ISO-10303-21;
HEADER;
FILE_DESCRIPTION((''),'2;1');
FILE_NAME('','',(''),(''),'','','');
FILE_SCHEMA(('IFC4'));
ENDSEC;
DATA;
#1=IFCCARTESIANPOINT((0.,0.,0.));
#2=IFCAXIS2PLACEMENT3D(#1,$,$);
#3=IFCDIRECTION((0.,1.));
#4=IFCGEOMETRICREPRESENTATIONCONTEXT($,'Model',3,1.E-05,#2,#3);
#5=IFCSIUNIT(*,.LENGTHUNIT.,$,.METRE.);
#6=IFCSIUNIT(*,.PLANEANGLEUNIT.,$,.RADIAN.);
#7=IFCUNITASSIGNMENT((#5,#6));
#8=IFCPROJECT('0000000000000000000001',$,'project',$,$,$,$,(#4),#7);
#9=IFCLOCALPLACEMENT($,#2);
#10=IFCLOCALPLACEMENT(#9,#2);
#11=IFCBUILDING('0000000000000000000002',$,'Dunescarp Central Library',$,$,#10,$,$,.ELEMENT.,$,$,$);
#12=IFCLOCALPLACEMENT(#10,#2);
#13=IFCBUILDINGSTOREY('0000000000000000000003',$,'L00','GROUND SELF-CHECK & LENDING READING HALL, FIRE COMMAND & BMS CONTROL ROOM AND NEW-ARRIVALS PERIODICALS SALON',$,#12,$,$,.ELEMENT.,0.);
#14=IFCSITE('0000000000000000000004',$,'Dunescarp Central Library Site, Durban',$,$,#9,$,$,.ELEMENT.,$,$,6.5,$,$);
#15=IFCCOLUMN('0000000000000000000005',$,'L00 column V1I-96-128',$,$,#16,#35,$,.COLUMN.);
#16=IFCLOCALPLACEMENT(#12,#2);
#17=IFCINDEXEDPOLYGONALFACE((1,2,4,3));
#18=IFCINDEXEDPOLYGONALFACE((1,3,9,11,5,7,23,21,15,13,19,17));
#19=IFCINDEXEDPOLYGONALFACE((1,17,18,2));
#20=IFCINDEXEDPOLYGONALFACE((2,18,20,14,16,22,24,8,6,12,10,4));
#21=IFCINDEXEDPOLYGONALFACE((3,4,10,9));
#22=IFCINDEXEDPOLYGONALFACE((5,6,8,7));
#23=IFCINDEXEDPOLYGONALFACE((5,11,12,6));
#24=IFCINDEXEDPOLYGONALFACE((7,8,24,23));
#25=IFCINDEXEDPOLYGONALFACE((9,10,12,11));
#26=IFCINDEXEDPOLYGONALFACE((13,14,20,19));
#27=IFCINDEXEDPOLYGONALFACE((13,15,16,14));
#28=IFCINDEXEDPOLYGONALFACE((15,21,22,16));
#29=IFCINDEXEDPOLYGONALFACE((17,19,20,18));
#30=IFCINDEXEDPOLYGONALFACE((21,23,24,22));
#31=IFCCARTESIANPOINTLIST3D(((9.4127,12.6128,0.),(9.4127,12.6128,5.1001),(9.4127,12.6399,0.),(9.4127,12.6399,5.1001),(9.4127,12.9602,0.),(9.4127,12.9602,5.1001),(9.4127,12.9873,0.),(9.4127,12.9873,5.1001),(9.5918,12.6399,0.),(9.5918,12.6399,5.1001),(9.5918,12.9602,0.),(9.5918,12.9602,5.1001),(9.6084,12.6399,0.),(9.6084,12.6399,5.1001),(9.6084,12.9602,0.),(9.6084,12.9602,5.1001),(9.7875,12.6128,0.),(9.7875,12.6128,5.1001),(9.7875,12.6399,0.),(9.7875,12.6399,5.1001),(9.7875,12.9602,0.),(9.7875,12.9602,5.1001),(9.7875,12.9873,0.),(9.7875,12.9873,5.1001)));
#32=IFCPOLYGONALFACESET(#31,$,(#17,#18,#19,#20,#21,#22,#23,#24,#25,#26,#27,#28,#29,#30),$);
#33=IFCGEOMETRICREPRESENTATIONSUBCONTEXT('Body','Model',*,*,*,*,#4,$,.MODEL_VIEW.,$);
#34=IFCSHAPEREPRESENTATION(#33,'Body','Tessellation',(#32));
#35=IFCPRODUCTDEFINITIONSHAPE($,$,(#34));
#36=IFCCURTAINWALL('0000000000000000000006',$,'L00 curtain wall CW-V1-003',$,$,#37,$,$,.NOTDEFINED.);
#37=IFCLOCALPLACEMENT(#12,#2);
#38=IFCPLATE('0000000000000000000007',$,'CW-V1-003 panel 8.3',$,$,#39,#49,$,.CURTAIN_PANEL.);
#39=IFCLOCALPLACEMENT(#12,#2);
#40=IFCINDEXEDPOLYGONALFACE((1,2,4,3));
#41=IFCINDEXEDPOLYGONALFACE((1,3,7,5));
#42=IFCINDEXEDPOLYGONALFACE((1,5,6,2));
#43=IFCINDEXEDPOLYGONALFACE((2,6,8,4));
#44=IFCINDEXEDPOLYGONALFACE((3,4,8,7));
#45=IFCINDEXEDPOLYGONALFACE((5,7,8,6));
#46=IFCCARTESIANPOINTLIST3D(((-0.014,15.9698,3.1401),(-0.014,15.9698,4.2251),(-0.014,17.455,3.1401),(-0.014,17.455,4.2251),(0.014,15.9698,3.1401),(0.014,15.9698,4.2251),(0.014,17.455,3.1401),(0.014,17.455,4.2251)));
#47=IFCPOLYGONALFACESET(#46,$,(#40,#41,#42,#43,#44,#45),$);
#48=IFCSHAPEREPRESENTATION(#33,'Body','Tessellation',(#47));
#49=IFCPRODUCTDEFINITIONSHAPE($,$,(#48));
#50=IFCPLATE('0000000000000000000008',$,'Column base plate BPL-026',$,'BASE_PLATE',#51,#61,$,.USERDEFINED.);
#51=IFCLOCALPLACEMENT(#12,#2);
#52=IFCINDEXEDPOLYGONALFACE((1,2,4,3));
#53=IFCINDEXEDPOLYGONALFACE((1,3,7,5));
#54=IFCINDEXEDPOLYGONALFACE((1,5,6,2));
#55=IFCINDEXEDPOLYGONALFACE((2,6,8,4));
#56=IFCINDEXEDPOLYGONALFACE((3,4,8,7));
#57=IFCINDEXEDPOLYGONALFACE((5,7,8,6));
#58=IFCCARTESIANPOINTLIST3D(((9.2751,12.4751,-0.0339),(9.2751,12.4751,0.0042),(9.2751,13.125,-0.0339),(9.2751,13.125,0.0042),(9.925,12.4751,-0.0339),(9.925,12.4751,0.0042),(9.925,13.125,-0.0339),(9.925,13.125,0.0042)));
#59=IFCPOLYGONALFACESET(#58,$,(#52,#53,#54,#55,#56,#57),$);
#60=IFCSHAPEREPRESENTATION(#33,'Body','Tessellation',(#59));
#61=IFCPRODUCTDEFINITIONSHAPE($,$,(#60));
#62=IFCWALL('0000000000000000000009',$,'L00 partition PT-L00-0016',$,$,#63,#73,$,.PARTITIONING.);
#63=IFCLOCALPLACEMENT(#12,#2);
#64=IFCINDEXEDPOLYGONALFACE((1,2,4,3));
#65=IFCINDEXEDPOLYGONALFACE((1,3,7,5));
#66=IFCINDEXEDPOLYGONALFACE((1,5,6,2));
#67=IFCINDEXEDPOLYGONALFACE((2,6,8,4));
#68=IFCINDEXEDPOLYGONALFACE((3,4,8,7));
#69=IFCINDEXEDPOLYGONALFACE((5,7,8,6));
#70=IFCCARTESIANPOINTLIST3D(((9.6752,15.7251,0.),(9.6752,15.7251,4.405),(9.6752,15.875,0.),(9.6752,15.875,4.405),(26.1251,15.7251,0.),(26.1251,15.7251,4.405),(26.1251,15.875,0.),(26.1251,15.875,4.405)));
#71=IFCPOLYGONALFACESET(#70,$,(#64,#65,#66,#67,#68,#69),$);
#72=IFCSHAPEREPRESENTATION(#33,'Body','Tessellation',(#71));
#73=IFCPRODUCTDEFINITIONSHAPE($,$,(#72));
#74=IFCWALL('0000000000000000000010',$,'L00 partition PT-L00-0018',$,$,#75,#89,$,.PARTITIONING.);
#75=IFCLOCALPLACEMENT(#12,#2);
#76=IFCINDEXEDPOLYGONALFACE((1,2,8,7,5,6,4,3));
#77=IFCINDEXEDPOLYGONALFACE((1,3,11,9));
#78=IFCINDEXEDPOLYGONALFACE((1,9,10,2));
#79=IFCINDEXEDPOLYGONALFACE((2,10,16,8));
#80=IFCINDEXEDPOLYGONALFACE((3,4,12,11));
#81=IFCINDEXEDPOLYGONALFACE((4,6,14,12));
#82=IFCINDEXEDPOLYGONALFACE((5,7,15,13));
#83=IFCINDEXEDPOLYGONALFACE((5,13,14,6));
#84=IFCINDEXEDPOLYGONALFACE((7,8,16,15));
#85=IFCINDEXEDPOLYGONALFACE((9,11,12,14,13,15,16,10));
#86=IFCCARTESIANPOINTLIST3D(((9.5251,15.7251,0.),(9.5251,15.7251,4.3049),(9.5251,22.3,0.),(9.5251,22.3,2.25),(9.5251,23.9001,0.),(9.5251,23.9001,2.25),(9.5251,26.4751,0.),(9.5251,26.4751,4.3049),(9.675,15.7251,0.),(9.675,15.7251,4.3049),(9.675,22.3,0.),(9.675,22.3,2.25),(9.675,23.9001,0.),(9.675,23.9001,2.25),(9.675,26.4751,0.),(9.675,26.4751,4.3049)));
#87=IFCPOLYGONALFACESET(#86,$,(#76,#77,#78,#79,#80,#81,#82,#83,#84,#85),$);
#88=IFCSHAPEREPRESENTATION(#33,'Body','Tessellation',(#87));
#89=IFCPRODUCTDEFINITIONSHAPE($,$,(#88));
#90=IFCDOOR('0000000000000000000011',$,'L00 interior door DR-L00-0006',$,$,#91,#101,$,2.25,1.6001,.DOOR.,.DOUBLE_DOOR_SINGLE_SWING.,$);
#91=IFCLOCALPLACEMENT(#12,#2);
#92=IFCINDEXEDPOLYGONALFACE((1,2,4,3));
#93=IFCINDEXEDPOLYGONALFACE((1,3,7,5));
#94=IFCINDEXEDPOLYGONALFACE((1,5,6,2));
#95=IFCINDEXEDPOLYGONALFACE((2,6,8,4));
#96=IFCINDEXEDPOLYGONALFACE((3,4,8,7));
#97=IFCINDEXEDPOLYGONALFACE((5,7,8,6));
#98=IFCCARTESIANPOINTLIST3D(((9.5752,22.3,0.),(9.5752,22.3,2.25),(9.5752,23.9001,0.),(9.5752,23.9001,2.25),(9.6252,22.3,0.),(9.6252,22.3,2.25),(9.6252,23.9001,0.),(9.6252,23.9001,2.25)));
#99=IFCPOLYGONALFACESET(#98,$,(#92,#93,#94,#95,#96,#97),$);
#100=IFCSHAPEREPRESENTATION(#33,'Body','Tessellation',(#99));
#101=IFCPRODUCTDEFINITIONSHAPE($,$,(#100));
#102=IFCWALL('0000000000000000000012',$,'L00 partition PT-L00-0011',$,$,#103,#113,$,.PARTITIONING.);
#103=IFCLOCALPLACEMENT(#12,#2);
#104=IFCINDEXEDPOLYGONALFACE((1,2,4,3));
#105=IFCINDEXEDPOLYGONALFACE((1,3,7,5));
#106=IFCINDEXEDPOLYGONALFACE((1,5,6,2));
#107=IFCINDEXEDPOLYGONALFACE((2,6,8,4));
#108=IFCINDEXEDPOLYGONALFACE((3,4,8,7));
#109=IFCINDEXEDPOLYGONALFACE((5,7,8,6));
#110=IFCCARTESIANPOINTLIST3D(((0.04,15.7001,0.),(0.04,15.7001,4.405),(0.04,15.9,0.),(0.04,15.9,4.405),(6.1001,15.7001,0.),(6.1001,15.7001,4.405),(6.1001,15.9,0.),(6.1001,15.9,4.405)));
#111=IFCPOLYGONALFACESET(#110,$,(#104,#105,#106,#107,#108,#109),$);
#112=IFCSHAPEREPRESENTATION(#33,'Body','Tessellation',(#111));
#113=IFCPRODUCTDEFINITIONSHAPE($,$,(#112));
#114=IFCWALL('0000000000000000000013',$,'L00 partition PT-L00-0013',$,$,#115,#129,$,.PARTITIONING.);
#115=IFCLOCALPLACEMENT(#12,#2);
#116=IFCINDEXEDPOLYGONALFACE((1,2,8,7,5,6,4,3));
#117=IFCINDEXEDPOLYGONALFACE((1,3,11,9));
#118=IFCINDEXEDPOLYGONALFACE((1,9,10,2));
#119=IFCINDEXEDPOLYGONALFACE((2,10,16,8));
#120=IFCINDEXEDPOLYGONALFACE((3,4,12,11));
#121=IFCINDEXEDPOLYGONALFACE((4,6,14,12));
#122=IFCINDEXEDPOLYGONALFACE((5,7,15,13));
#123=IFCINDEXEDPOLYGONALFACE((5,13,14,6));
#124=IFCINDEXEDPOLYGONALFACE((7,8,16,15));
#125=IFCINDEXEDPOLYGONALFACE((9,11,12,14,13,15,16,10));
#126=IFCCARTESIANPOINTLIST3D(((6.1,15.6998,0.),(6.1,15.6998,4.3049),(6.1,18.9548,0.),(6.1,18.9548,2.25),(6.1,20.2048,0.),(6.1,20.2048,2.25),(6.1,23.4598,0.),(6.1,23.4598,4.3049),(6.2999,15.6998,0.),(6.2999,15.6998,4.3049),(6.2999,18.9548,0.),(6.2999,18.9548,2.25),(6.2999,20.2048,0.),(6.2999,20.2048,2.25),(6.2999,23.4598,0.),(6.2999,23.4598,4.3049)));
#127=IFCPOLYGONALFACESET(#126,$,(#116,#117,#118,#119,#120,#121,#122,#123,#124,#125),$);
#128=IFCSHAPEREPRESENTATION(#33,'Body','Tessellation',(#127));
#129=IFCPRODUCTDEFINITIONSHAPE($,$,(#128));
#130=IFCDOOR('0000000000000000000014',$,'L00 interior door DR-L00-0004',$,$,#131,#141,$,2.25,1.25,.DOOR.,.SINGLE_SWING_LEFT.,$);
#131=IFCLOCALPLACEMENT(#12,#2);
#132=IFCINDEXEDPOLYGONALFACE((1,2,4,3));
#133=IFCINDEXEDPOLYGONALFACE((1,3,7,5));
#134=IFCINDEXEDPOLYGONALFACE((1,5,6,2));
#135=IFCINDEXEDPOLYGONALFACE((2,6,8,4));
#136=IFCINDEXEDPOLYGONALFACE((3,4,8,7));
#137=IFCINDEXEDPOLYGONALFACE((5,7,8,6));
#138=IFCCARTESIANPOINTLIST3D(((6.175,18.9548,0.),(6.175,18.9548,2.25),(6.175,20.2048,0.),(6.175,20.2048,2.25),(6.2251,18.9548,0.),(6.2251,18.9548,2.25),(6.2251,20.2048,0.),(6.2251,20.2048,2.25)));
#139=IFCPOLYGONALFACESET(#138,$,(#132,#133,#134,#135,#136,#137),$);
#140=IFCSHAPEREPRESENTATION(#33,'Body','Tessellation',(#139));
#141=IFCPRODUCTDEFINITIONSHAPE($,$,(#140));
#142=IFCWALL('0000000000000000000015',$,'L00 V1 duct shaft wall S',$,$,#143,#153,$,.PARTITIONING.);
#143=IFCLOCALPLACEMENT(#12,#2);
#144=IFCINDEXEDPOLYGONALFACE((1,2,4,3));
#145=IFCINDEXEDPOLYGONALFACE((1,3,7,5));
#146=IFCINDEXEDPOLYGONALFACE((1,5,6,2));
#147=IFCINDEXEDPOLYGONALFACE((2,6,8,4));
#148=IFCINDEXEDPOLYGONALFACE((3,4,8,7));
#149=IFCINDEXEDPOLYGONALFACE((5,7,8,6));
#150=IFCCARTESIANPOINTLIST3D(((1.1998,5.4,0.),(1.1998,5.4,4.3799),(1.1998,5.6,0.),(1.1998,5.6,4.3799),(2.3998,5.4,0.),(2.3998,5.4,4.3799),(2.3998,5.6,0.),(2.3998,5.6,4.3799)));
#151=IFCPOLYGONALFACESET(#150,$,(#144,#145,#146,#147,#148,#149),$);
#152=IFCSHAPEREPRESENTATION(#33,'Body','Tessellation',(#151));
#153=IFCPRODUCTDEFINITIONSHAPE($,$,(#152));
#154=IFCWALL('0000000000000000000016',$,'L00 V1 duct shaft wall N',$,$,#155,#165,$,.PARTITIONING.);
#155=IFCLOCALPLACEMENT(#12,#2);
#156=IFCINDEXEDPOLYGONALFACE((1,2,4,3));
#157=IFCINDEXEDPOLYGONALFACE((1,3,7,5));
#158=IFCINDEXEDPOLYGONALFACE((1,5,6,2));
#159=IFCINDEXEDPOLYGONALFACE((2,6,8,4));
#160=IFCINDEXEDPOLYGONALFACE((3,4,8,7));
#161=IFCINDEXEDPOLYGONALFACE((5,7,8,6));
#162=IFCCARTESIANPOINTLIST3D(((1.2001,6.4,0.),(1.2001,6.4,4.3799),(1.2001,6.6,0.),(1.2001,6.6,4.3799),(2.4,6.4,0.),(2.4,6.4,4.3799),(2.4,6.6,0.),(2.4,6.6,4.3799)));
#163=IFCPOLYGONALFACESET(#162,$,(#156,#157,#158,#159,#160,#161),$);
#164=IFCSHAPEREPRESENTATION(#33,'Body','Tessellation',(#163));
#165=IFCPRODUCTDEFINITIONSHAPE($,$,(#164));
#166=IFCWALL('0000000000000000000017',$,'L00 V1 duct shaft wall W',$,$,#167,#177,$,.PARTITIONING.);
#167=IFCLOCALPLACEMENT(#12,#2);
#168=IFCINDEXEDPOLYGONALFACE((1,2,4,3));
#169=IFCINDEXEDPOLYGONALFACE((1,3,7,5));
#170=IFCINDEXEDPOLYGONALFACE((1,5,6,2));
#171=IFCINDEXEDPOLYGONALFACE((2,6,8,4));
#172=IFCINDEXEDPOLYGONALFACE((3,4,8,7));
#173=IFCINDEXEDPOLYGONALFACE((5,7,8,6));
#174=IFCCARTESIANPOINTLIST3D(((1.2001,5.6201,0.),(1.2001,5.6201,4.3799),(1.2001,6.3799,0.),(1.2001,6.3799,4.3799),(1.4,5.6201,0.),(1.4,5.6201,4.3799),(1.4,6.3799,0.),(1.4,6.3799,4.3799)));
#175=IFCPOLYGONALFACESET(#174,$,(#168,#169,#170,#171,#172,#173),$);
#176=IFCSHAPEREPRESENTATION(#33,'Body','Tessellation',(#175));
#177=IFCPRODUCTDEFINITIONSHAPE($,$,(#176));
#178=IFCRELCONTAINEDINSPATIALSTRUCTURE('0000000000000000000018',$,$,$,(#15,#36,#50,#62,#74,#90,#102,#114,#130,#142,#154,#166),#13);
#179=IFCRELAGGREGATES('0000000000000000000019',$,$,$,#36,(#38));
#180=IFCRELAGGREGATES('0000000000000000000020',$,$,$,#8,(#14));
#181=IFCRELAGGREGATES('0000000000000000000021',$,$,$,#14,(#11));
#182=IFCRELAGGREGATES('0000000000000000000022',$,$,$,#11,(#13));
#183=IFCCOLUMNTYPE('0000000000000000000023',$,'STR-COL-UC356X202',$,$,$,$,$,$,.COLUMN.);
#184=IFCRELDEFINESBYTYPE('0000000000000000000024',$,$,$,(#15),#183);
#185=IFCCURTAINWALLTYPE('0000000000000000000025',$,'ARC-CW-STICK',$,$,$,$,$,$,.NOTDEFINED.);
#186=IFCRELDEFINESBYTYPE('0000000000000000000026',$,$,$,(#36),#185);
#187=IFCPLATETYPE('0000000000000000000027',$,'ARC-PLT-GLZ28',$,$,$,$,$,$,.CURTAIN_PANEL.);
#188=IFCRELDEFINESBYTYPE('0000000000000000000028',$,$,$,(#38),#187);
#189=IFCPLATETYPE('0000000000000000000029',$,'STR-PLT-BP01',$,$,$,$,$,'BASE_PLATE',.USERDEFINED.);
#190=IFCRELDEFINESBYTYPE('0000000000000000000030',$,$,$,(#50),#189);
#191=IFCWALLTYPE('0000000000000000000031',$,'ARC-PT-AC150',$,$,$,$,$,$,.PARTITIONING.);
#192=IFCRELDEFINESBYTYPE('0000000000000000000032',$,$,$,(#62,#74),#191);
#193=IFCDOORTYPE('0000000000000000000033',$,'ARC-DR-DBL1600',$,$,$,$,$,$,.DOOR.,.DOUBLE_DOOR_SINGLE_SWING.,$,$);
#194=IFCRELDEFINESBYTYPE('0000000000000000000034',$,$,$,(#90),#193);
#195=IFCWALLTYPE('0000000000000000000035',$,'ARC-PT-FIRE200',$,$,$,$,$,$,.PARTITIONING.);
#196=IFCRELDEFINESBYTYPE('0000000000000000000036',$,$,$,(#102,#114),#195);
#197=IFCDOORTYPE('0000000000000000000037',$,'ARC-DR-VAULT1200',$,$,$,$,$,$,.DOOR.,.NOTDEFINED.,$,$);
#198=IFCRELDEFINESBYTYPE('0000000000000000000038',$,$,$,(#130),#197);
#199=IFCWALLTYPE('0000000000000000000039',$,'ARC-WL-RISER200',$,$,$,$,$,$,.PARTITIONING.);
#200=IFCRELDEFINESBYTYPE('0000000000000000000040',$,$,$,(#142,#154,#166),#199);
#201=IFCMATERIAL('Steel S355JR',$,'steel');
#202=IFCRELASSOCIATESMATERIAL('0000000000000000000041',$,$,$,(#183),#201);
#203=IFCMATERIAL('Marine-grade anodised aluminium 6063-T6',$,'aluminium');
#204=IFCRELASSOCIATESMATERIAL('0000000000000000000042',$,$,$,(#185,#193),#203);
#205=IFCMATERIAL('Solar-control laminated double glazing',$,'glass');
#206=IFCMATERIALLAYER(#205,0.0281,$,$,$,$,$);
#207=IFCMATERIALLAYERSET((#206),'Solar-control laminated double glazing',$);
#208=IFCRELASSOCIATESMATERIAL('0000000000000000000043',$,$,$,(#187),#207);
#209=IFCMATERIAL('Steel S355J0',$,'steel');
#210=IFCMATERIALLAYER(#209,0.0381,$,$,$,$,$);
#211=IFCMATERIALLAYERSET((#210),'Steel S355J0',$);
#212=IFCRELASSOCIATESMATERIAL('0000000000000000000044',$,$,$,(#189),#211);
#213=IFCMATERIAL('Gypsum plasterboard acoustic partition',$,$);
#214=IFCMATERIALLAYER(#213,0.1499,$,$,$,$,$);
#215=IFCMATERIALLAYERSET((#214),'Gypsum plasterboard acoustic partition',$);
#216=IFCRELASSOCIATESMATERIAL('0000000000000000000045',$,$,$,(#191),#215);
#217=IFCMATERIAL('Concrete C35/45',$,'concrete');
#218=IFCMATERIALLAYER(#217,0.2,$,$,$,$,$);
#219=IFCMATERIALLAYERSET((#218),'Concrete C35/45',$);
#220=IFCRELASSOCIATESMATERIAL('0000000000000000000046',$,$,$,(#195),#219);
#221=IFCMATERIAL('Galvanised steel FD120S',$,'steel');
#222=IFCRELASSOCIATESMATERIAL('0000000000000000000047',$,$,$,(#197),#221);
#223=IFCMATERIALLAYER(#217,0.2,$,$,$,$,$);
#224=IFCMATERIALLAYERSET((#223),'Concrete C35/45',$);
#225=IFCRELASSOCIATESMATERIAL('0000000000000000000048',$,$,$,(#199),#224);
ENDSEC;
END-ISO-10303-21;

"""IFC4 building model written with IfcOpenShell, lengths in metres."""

from ifc_helpers import new_model, si_unit, direction, frame, frame_2d, origin, origin_2d, place, context, subcontext, project, spatial, rectangle, i_section, extrude, material, layer, layer_set, material_profile, profile_set, type_object, element, fill, aggregate, save


model = new_model("IFC4")

# Units and contexts
model_context = context("Model", 3, precision=1e-05, world=origin(), true_north=direction((0.0, 1.0)))
body_context = subcontext(model_context, "Body", "Model", "MODEL_VIEW")
ifc_project = project(units=[si_unit("LENGTHUNIT", "METRE"), si_unit("PLANEANGLEUNIT", "RADIAN")], contexts=[model_context])

# Site, building, storey
site_placement = place(None, origin())
site = spatial("IfcSite", under=ifc_project, at=site_placement, Name="Dunescarp Central Library Site, Durban", CompositionType="ELEMENT", RefElevation=6.5)
building_placement = place(site_placement, origin())
building = spatial("IfcBuilding", under=site, at=building_placement, Name="Dunescarp Central Library", CompositionType="ELEMENT")
storey_placement = place(building_placement, origin())
storey = spatial("IfcBuildingStorey", under=building, at=storey_placement, Name="L00", Description="GROUND SELF-CHECK & LENDING READING HALL, FIRE COMMAND & BMS CONTROL ROOM AND NEW-ARRIVALS PERIODICALS SALON", CompositionType="ELEMENT", Elevation=0.0)

# Column
ifc_material_1 = material(Name="Steel S355JR", Category="steel")
ifc_material_profile_1 = material_profile(ifc_material_1, i_section(OverallWidth=0.3748, OverallDepth=0.3745, WebThickness=0.0166, FlangeThickness=0.0271, at=origin_2d()), Name="UC 356x368x202")
ifc_profile_set_1 = profile_set([ifc_material_profile_1], Name="Steel S355JR")
column_type = type_object("IfcColumnType", Name="STR-COL-UC356X202", PredefinedType="COLUMN", material=ifc_profile_set_1)
column_placement = place(storey_placement, frame((9.6001, 12.8, 0.0), z_axis=(0.0, 0.0, 1.0), x_axis=(1.0, 0.0, 0.0)))
element("IfcColumn", 1, at=column_placement, inside=storey, type_object=column_type, Name="L00 column V1I-96-128", PredefinedType="COLUMN", context=body_context, shape_type="SweptSolid", body=[
    extrude(i_section(OverallWidth=0.3748, OverallDepth=0.3745, WebThickness=0.0166, FlangeThickness=0.0271, at=origin_2d()), origin(), (0.0, 0.0, 1.0), 5.1001),
])

# Curtain wall, plate
ifc_material_2 = material(Name="Marine-grade anodised aluminium 6063-T6", Category="aluminium")
curtain_wall_type = type_object("IfcCurtainWallType", Name="ARC-CW-STICK", PredefinedType="NOTDEFINED", material=ifc_material_2)
curtain_wall_placement = place(storey_placement, origin())
curtain_wall = element("IfcCurtainWall", 2, at=curtain_wall_placement, inside=storey, type_object=curtain_wall_type, Name="L00 curtain wall CW-V1-003", PredefinedType="NOTDEFINED")
ifc_material_3 = material(Name="Solar-control laminated double glazing", Category="glass")
ifc_layer_1 = layer(ifc_material_3, 0.0281)
ifc_layer_set_1 = layer_set([ifc_layer_1], Name="Solar-control laminated double glazing")
plate_type_1 = type_object("IfcPlateType", Name="ARC-PLT-GLZ28", PredefinedType="CURTAIN_PANEL", material=ifc_layer_set_1)
plate_1_placement = place(storey_placement, frame((0.0, 16.7124, 3.1401), z_axis=(0.0, 0.0, 1.0), x_axis=(0.0, 1.0, 0.0)))
plate_1 = element("IfcPlate", 3, at=plate_1_placement, type_object=plate_type_1, Name="CW-V1-003 panel 8.3", PredefinedType="CURTAIN_PANEL", context=body_context, shape_type="SweptSolid", body=[
    extrude(rectangle(XDim=1.4851, YDim=0.0281, at=origin_2d()), origin(), (0.0, 0.0, 1.0), 1.085),
])
aggregate(curtain_wall, [plate_1])

# Plate
ifc_material_4 = material(Name="Steel S355J0", Category="steel")
ifc_layer_2 = layer(ifc_material_4, 0.0381)
ifc_layer_set_2 = layer_set([ifc_layer_2], Name="Steel S355J0")
plate_type_2 = type_object("IfcPlateType", Name="STR-PLT-BP01", ElementType="BASE_PLATE", PredefinedType="USERDEFINED", material=ifc_layer_set_2)
plate_2_placement = place(storey_placement, frame((9.6001, 12.8, -0.0339), z_axis=(0.0, 0.0, 1.0), x_axis=(1.0, 0.0, 0.0)))
element("IfcPlate", 4, at=plate_2_placement, inside=storey, type_object=plate_type_2, Name="Column base plate BPL-026", ObjectType="BASE_PLATE", PredefinedType="USERDEFINED", context=body_context, shape_type="SweptSolid", body=[
    extrude(rectangle(XDim=0.6499, YDim=0.6499, at=origin_2d()), origin(), (0.0, 0.0, 1.0), 0.0381),
])

# Wall
ifc_material_5 = material(Name="Gypsum plasterboard acoustic partition")
ifc_layer_3 = layer(ifc_material_5, 0.1499)
ifc_layer_set_3 = layer_set([ifc_layer_3], Name="Gypsum plasterboard acoustic partition")
wall_type_1 = type_object("IfcWallType", Name="ARC-PT-AC150", PredefinedType="PARTITIONING", material=ifc_layer_set_3)
wall_1_placement = place(storey_placement, frame((9.675, 15.8, 0.0), z_axis=(0.0, 0.0, 1.0), x_axis=(1.0, 0.0, 0.0)))
element("IfcWall", 5, at=wall_1_placement, inside=storey, type_object=wall_type_1, Name="L00 partition PT-L00-0016", PredefinedType="PARTITIONING", context=body_context, shape_type="SweptSolid", body=[
    extrude(rectangle(XDim=16.45, YDim=0.1499, at=frame_2d((8.2251, 0.0))), origin(), (0.0, 0.0, 1.0), 4.405),
])

# Wall, opening, door
wall_2_placement = place(storey_placement, frame((9.6001, 15.7251, 0.0), z_axis=(0.0, 0.0, 1.0), x_axis=(0.0, 1.0, 0.0)))
wall_2 = element("IfcWall", 6, at=wall_2_placement, inside=storey, type_object=wall_type_1, Name="L00 partition PT-L00-0018", PredefinedType="PARTITIONING", context=body_context, shape_type="SweptSolid", body=[
    extrude(rectangle(XDim=10.75, YDim=0.1499, at=frame_2d((5.375, 0.0))), origin(), (0.0, 0.0, 1.0), 4.3049),
])
opening_1_placement = place(wall_2_placement, frame((6.575, 0.0, 0.0)))
opening_1 = element("IfcOpeningElement", 7, at=opening_1_placement, cuts=wall_2, PredefinedType="OPENING", context=body_context, shape_type="SweptSolid", body=[
    extrude(rectangle(XDim=1.6001, YDim=2.25, at=frame_2d((0.8, 1.125))), frame((0.0, 0.085, 0.0), z_axis=(0.0, -1.0, 0.0), x_axis=(1.0, 0.0, 0.0)), (0.0, 0.0, 1.0), 0.1699),
])
door_type_1 = type_object("IfcDoorType", Name="ARC-DR-DBL1600", OperationType="DOUBLE_DOOR_SINGLE_SWING", PredefinedType="DOOR", material=ifc_material_2)
door_1_placement = place(opening_1_placement, origin())
door_1 = element("IfcDoor", 8, at=door_1_placement, inside=storey, type_object=door_type_1, Name="L00 interior door DR-L00-0006", OperationType="DOUBLE_DOOR_SINGLE_SWING", OverallHeight=2.25, OverallWidth=1.6001, PredefinedType="DOOR", context=body_context, shape_type="SweptSolid", body=[
    extrude(rectangle(XDim=1.6001, YDim=2.25, at=frame_2d((0.8, 1.125))), frame((0.0, 0.0249, 0.0), z_axis=(0.0, -1.0, 0.0), x_axis=(1.0, 0.0, 0.0)), (0.0, 0.0, 1.0), 0.05),
])
fill(opening_1, door_1)

# Wall
ifc_material_6 = material(Name="Concrete C35/45", Category="concrete")
ifc_layer_4 = layer(ifc_material_6, 0.2)
ifc_layer_set_4 = layer_set([ifc_layer_4], Name="Concrete C35/45")
wall_type_2 = type_object("IfcWallType", Name="ARC-PT-FIRE200", PredefinedType="PARTITIONING", material=ifc_layer_set_4)
wall_3_placement = place(storey_placement, frame((0.04, 15.8, 0.0), z_axis=(0.0, 0.0, 1.0), x_axis=(1.0, 0.0, 0.0)))
element("IfcWall", 9, at=wall_3_placement, inside=storey, type_object=wall_type_2, Name="L00 partition PT-L00-0011", PredefinedType="PARTITIONING", context=body_context, shape_type="SweptSolid", body=[
    extrude(rectangle(XDim=6.0601, YDim=0.2, at=frame_2d((3.03, 0.0))), origin(), (0.0, 0.0, 1.0), 4.405),
])

# Wall, opening, door
wall_4_placement = place(storey_placement, frame((6.2, 15.7, 0.0), z_axis=(0.0, 0.0, 1.0), x_axis=(0.0, 1.0, 0.0)))
wall_4 = element("IfcWall", 10, at=wall_4_placement, inside=storey, type_object=wall_type_2, Name="L00 partition PT-L00-0013", PredefinedType="PARTITIONING", context=body_context, shape_type="SweptSolid", body=[
    extrude(rectangle(XDim=7.76, YDim=0.2, at=frame_2d((3.8799, 0.0))), origin(), (0.0, 0.0, 1.0), 4.3049),
])
opening_2_placement = place(wall_4_placement, frame((3.2549, 0.0, 0.0)))
opening_2 = element("IfcOpeningElement", 11, at=opening_2_placement, cuts=wall_4, PredefinedType="OPENING", context=body_context, shape_type="SweptSolid", body=[
    extrude(rectangle(XDim=1.25, YDim=2.25, at=frame_2d((0.625, 1.125))), frame((0.0, 0.1099, 0.0), z_axis=(0.0, -1.0, 0.0), x_axis=(1.0, 0.0, 0.0)), (0.0, 0.0, 1.0), 0.22),
])
ifc_material_7 = material(Name="Galvanised steel FD120S", Category="steel")
door_type_2 = type_object("IfcDoorType", Name="ARC-DR-VAULT1200", OperationType="NOTDEFINED", PredefinedType="DOOR", material=ifc_material_7)
door_2_placement = place(opening_2_placement, origin())
door_2 = element("IfcDoor", 12, at=door_2_placement, inside=storey, type_object=door_type_2, Name="L00 interior door DR-L00-0004", OperationType="SINGLE_SWING_LEFT", OverallHeight=2.25, OverallWidth=1.25, PredefinedType="DOOR", context=body_context, shape_type="SweptSolid", body=[
    extrude(rectangle(XDim=1.25, YDim=2.25, at=frame_2d((0.625, 1.125))), frame((0.0, 0.0249, 0.0), z_axis=(0.0, -1.0, 0.0), x_axis=(1.0, 0.0, 0.0)), (0.0, 0.0, 1.0), 0.05),
])
fill(opening_2, door_2)

# Walls
ifc_layer_5 = layer(ifc_material_6, 0.2)
ifc_layer_set_5 = layer_set([ifc_layer_5], Name="Concrete C35/45")
wall_type_3 = type_object("IfcWallType", Name="ARC-WL-RISER200", PredefinedType="PARTITIONING", material=ifc_layer_set_5)
for number, where, z_axis, x_axis, name in (
    (13, (2.3999, 5.5, 0.0), (0.0, 0.0, 1.0), (-1.0, 0.0, 0.0), "L00 V1 duct shaft wall S"),
    (14, (1.2, 6.5, 0.0), (0.0, 0.0, 1.0), (1.0, 0.0, 0.0), "L00 V1 duct shaft wall N"),
):
    element("IfcWall", number, at=place(storey_placement, frame(where, z_axis=z_axis, x_axis=x_axis)), inside=storey, type_object=wall_type_3, Name=name, PredefinedType="PARTITIONING", context=body_context, shape_type="SweptSolid", body=[
        extrude(rectangle(XDim=1.2, YDim=0.2, at=frame_2d((0.6001, 0.0))), origin(), (0.0, 0.0, 1.0), 4.3799),
    ])
for number, where, z_axis, x_axis, name in (
    (15, (1.3, 5.6201, 0.0), (0.0, 0.0, 1.0), (0.0, 1.0, 0.0), "L00 V1 duct shaft wall W"),
):
    element("IfcWall", number, at=place(storey_placement, frame(where, z_axis=z_axis, x_axis=x_axis)), inside=storey, type_object=wall_type_3, Name=name, PredefinedType="PARTITIONING", context=body_context, shape_type="SweptSolid", body=[
        extrude(rectangle(XDim=0.7598, YDim=0.2, at=frame_2d((0.3799, 0.0))), origin(), (0.0, 0.0, 1.0), 4.3799),
    ])

save(model, "model.ifc")
